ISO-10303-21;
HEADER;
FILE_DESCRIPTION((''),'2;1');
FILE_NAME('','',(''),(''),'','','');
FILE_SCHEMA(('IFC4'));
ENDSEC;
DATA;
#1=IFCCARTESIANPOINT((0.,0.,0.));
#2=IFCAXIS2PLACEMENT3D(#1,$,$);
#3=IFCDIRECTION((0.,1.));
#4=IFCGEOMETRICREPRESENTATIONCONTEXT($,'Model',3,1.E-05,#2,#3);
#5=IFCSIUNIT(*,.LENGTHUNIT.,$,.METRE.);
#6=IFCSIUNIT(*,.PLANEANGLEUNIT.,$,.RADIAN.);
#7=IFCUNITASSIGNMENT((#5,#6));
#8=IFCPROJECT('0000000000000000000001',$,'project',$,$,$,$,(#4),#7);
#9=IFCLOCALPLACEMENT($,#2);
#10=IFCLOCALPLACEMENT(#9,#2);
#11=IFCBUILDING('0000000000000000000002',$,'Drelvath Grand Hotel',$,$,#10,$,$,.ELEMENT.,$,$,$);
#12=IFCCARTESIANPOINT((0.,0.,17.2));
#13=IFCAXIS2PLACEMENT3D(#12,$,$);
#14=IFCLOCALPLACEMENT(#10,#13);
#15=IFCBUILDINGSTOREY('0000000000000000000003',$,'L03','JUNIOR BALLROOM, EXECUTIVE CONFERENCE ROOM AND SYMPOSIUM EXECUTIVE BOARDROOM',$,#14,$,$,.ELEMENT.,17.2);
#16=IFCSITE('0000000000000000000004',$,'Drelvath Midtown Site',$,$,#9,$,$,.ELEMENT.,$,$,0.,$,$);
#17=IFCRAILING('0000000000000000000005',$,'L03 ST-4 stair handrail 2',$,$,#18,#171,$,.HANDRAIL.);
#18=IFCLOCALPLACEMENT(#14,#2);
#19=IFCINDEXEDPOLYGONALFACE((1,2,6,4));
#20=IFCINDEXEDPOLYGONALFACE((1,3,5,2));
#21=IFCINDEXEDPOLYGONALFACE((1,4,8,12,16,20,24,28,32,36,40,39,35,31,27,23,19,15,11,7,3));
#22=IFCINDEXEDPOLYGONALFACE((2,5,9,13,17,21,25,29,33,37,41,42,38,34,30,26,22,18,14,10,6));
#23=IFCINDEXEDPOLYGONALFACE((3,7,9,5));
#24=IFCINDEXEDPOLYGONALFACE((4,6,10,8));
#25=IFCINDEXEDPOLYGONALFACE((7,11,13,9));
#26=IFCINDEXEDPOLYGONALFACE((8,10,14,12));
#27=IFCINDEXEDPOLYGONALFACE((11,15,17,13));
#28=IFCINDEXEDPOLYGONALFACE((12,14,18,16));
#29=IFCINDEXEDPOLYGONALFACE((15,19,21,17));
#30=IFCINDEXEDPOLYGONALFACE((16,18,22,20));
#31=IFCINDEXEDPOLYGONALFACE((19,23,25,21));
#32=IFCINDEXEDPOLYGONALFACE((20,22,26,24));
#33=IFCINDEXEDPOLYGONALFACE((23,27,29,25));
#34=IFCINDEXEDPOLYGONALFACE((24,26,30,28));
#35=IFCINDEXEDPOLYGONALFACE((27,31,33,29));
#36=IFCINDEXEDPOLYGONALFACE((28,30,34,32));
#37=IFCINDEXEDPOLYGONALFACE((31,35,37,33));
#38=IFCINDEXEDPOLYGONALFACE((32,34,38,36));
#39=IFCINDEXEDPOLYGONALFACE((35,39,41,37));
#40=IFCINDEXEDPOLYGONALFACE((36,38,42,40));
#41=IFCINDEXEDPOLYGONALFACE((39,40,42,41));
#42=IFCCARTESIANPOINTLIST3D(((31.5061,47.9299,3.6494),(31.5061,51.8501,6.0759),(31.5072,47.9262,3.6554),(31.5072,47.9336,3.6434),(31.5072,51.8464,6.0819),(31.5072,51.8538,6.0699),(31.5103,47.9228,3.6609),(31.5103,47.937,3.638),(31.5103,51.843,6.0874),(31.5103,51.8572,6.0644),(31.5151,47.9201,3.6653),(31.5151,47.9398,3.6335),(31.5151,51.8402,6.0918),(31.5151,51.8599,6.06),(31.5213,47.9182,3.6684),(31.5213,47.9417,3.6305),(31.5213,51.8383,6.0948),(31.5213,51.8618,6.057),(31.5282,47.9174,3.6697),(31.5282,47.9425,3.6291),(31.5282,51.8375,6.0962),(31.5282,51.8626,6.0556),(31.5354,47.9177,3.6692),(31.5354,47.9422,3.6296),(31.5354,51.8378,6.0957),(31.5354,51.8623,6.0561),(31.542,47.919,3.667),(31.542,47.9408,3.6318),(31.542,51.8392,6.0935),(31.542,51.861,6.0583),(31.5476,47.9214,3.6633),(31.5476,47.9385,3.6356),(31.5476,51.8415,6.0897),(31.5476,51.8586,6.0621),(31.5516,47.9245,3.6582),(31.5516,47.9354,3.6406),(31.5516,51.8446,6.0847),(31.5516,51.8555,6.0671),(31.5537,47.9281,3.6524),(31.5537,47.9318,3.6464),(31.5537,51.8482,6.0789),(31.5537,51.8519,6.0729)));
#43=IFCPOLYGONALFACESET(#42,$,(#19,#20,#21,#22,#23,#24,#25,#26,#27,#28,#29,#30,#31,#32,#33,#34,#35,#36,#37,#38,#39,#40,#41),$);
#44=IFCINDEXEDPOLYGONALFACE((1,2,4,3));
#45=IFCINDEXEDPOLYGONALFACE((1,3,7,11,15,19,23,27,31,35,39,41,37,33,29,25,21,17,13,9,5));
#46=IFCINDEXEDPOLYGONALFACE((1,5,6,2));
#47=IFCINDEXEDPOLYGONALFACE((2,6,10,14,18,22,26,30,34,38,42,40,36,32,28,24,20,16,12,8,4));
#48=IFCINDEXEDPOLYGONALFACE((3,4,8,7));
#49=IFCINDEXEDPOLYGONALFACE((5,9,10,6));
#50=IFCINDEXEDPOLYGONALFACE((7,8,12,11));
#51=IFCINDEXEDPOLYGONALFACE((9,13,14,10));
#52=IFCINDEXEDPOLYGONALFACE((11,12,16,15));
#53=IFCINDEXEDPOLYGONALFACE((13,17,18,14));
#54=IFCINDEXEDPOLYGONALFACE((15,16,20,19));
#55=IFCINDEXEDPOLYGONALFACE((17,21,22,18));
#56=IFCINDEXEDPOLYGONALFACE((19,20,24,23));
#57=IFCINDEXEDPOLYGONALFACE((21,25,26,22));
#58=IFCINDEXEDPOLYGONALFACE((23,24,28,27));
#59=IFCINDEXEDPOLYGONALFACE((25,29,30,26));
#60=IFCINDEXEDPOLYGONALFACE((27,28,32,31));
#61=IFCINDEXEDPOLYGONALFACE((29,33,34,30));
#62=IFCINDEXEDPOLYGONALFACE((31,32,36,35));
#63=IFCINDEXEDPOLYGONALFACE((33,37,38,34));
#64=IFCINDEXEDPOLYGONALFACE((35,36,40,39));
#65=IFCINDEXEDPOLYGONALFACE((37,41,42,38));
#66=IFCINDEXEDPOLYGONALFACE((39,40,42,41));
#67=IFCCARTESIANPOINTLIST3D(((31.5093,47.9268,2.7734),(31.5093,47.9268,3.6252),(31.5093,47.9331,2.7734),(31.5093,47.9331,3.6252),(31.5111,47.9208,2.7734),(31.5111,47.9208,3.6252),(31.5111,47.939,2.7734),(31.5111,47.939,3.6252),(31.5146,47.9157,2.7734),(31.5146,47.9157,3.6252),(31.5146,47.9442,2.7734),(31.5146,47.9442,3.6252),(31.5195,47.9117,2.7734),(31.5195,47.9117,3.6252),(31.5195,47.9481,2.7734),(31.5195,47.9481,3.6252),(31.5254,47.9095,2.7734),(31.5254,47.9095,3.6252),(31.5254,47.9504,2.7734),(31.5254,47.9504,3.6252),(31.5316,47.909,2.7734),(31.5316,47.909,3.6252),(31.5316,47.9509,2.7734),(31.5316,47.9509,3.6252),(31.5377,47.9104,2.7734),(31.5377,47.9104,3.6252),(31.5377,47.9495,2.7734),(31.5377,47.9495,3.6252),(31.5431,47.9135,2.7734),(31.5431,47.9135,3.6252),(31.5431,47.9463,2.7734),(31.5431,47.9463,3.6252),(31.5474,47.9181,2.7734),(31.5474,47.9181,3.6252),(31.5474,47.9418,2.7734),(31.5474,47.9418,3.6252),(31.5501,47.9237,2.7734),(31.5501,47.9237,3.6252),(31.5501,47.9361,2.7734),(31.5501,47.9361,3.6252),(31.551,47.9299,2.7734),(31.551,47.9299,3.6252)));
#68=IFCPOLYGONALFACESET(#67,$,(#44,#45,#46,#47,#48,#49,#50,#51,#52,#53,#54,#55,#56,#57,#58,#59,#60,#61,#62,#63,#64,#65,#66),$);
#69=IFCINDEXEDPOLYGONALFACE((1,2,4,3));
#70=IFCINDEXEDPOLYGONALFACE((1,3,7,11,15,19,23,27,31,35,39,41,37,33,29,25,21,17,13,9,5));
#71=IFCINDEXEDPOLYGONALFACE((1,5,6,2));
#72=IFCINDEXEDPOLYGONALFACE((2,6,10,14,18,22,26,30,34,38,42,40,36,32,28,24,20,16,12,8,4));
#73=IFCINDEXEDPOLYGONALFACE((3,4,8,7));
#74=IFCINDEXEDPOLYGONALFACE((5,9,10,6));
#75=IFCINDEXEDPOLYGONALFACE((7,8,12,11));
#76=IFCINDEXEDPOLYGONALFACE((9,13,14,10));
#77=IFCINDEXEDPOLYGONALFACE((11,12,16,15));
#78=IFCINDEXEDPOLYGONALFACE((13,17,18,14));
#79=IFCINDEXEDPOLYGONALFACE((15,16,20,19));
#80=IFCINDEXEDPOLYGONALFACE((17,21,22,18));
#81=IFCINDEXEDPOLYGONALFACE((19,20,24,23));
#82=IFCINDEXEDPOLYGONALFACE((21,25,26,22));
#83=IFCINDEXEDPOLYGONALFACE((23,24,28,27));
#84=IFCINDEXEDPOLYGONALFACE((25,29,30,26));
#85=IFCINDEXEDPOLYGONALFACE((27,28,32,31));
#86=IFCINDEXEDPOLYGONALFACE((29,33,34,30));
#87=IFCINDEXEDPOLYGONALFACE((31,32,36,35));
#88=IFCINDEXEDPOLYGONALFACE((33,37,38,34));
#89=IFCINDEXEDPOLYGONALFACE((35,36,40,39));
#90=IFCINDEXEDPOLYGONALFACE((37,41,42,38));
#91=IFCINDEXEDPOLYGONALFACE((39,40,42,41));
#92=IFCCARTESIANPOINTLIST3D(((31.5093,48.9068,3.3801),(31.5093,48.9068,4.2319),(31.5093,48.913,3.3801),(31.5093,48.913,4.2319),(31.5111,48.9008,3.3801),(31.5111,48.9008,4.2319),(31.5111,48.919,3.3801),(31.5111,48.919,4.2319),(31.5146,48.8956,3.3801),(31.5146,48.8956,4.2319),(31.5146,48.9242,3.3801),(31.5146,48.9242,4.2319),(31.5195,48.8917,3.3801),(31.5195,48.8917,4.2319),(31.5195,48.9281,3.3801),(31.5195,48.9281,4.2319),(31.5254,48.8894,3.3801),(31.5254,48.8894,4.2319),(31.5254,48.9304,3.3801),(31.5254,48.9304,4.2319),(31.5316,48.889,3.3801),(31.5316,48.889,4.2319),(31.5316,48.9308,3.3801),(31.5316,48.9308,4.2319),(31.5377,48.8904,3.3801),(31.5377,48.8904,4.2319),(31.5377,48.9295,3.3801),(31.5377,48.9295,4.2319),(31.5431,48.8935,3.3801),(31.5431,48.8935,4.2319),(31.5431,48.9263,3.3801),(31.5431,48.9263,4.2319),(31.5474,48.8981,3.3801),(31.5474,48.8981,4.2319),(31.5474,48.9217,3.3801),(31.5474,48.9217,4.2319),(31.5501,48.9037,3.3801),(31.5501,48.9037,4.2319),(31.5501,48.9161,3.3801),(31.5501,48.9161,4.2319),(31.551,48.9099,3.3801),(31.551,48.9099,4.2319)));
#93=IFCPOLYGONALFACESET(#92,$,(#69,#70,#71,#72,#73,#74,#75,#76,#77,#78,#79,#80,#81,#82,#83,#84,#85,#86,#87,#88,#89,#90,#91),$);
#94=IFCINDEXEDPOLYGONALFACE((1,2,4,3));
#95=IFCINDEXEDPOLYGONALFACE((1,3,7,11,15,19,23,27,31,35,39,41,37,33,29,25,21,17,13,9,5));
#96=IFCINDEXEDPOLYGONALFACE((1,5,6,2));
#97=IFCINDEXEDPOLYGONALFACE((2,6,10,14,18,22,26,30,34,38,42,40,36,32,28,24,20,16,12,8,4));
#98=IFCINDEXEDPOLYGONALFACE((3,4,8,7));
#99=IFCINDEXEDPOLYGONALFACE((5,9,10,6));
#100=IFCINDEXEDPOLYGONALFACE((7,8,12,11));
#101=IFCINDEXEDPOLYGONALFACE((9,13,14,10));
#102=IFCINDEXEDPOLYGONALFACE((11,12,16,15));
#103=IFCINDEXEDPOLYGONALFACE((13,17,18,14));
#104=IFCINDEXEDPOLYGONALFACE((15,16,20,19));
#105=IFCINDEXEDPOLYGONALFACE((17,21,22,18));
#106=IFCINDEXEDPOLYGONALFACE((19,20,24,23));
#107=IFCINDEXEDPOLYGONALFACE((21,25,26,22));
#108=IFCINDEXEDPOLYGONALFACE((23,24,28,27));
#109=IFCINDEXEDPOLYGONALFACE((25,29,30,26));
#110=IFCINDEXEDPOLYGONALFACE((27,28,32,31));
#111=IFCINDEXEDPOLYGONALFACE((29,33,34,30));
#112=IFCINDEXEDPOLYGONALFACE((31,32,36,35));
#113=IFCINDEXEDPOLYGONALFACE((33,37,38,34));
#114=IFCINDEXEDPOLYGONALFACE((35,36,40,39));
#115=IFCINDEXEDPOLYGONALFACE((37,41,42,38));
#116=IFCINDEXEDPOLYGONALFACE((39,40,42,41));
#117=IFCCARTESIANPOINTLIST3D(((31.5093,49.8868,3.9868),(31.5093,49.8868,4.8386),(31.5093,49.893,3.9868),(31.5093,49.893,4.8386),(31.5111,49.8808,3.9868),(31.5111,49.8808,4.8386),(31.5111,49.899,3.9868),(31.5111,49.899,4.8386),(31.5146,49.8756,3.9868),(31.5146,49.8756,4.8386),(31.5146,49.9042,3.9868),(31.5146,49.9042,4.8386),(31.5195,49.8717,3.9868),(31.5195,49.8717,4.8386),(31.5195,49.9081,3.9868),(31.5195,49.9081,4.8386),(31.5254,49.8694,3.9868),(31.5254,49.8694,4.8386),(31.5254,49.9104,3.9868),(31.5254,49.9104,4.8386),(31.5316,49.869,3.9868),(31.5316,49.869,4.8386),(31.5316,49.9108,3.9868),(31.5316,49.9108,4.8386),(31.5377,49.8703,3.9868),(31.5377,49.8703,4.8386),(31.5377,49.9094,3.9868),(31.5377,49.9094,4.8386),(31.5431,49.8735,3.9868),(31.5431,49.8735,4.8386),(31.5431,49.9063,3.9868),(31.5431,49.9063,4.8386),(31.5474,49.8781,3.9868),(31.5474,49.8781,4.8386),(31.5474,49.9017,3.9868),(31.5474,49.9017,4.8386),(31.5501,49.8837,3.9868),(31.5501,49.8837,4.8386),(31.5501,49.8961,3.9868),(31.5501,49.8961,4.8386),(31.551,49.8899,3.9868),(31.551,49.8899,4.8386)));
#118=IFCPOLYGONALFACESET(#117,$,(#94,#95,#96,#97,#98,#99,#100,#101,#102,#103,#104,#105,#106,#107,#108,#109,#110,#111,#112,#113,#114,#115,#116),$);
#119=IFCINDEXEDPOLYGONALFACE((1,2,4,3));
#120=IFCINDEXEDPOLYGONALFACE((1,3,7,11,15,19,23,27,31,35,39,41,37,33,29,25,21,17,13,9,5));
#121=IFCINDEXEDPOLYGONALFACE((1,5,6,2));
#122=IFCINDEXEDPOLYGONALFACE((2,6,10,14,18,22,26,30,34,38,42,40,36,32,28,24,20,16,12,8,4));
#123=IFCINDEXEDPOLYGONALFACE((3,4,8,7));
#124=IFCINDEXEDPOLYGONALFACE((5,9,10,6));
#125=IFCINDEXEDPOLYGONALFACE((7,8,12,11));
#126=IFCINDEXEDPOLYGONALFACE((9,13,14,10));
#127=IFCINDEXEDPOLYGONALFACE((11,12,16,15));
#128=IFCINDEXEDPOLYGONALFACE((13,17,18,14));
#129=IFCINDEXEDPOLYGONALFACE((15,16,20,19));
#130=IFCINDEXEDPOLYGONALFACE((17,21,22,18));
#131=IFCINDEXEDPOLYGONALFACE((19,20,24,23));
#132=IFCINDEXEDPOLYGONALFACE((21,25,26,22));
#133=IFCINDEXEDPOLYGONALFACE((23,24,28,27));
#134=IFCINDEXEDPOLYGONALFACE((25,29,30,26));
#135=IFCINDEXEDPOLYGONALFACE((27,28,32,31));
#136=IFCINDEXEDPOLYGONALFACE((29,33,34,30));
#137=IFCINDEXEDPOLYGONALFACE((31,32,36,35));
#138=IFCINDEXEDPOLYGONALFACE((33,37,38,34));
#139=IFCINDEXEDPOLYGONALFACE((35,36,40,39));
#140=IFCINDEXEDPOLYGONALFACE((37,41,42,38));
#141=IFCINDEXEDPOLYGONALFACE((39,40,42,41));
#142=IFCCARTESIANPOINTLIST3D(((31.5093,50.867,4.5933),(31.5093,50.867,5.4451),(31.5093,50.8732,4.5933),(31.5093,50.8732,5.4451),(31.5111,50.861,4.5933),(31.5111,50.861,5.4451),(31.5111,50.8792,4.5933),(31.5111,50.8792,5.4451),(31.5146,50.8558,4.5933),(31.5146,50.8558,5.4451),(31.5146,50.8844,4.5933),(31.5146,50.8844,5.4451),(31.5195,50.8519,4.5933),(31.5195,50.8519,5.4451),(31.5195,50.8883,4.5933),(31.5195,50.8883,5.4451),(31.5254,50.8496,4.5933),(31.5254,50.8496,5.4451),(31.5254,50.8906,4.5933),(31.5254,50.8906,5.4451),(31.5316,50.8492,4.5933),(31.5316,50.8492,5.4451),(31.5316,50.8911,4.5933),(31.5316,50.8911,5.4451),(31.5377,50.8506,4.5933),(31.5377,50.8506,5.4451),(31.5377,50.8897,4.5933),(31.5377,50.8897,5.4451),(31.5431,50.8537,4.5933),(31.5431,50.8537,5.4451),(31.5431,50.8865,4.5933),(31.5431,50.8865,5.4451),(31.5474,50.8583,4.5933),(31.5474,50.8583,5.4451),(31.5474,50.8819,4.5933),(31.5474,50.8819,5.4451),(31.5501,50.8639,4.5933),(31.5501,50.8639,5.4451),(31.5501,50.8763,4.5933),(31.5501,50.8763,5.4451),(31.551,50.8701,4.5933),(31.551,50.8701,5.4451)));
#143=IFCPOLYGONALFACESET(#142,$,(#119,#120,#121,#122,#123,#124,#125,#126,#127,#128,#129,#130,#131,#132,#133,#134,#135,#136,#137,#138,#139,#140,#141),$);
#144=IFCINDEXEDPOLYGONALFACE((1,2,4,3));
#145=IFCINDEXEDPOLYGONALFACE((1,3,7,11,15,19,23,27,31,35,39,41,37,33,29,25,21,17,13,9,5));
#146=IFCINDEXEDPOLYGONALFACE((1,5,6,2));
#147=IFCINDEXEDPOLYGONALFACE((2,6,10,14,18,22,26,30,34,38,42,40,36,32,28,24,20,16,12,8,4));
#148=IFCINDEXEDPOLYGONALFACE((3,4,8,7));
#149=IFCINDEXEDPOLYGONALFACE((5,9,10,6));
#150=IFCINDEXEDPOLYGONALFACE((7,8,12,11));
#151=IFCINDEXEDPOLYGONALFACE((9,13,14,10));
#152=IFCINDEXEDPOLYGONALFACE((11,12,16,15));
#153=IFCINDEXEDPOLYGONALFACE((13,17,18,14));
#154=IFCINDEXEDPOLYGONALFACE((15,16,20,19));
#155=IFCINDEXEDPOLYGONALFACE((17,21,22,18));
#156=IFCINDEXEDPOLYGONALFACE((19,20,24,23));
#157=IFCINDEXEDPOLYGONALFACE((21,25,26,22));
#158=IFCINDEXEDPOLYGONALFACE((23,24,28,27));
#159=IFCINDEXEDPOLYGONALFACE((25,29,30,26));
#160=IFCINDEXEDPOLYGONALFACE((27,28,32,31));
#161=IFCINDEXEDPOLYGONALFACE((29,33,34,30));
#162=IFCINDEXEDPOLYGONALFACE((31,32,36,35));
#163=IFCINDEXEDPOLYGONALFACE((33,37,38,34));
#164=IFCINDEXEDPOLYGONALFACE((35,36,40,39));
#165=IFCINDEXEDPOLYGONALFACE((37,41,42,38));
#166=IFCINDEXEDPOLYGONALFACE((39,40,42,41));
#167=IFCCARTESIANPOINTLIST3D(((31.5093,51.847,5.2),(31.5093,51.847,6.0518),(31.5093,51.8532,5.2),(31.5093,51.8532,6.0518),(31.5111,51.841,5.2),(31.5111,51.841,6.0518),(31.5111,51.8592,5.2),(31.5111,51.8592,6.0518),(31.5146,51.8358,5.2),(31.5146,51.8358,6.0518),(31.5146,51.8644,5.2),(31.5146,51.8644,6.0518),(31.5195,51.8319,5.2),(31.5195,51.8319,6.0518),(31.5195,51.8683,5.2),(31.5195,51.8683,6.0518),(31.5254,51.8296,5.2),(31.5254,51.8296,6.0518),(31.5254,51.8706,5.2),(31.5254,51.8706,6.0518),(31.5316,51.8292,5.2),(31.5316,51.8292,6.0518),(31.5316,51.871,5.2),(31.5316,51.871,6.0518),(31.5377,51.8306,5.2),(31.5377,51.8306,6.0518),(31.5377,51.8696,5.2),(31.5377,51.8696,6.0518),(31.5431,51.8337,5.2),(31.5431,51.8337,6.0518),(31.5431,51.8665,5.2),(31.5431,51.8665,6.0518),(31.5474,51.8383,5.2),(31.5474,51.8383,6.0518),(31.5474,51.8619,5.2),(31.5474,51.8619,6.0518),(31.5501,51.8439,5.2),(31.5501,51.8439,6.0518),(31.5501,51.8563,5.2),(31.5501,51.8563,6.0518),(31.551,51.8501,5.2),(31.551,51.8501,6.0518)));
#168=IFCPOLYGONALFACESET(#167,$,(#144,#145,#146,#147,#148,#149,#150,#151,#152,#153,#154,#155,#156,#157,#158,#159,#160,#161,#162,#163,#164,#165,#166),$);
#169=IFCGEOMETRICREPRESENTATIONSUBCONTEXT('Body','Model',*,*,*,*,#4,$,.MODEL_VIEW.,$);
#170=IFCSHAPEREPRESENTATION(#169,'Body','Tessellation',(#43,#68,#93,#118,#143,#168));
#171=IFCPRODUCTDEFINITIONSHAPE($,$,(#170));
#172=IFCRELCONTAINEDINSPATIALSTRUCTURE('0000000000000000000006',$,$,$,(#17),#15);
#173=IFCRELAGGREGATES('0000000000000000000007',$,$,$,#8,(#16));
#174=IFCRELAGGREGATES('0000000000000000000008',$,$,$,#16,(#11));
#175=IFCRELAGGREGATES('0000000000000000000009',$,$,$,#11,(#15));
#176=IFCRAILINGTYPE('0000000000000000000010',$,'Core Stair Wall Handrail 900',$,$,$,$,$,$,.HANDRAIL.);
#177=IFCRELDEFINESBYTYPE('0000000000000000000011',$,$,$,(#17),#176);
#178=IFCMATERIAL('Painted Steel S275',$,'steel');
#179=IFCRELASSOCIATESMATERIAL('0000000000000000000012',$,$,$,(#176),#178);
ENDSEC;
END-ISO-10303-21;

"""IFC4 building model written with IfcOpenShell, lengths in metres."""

from ifc_helpers import new_model, si_unit, direction, frame, origin, origin_2d, place, context, subcontext, project, spatial, circle, extrude, material, type_object, element, save


model = new_model("IFC4")

# Units and contexts
model_context = context("Model", 3, precision=1e-05, world=origin(), true_north=direction((0.0, 1.0)))
body_context = subcontext(model_context, "Body", "Model", "MODEL_VIEW")
ifc_project = project(units=[si_unit("LENGTHUNIT", "METRE"), si_unit("PLANEANGLEUNIT", "RADIAN")], contexts=[model_context])

# Site, building, storey
site_placement = place(None, origin())
site = spatial("IfcSite", under=ifc_project, at=site_placement, Name="Drelvath Midtown Site", CompositionType="ELEMENT", RefElevation=0.0)
building_placement = place(site_placement, origin())
building = spatial("IfcBuilding", under=site, at=building_placement, Name="Drelvath Grand Hotel", CompositionType="ELEMENT")
storey_placement = place(building_placement, frame((0.0, 0.0, 17.2)))
storey = spatial("IfcBuildingStorey", under=building, at=storey_placement, Name="L03", Description="JUNIOR BALLROOM, EXECUTIVE CONFERENCE ROOM AND SYMPOSIUM EXECUTIVE BOARDROOM", CompositionType="ELEMENT", Elevation=17.2)

# Railing
ifc_material_1 = material(Name="Painted Steel S275", Category="steel")
railing_type_1 = type_object("IfcRailingType", Name="Core Stair Wall Handrail 900", PredefinedType="HANDRAIL", material=ifc_material_1)
railing_1_placement = place(storey_placement, frame((31.53, 47.9299, 2.7734)))
element("IfcRailing", 1, at=railing_1_placement, inside=storey, type_object=railing_type_1, Name="L03 ST-4 stair handrail 2", PredefinedType="HANDRAIL", context=body_context, shape_type="SweptSolid", body=[
    extrude(circle(Radius=0.0239, at=origin_2d()), frame((0.0, 0.0, 0.876), z_axis=(0.0, 0.85029, 0.526315), x_axis=(-1.0, 0.0, 0.0)), (0.0, 0.0, 1.0), 4.6104),
    extrude(circle(Radius=0.021, at=origin_2d()), origin(), (0.0, 0.0, 1.0), 0.8518),
    extrude(circle(Radius=0.021, at=origin_2d()), frame((0.0, 0.98, 0.6067)), (0.0, 0.0, 1.0), 0.8518),
    extrude(circle(Radius=0.021, at=origin_2d()), frame((0.0, 1.96, 1.2134)), (0.0, 0.0, 1.0), 0.8518),
    extrude(circle(Radius=0.021, at=origin_2d()), frame((0.0, 2.9402, 1.8198)), (0.0, 0.0, 1.0), 0.8518),
    extrude(circle(Radius=0.021, at=origin_2d()), frame((0.0, 3.9202, 2.4265)), (0.0, 0.0, 1.0), 0.8518),
])

save(model, "model.ifc")
